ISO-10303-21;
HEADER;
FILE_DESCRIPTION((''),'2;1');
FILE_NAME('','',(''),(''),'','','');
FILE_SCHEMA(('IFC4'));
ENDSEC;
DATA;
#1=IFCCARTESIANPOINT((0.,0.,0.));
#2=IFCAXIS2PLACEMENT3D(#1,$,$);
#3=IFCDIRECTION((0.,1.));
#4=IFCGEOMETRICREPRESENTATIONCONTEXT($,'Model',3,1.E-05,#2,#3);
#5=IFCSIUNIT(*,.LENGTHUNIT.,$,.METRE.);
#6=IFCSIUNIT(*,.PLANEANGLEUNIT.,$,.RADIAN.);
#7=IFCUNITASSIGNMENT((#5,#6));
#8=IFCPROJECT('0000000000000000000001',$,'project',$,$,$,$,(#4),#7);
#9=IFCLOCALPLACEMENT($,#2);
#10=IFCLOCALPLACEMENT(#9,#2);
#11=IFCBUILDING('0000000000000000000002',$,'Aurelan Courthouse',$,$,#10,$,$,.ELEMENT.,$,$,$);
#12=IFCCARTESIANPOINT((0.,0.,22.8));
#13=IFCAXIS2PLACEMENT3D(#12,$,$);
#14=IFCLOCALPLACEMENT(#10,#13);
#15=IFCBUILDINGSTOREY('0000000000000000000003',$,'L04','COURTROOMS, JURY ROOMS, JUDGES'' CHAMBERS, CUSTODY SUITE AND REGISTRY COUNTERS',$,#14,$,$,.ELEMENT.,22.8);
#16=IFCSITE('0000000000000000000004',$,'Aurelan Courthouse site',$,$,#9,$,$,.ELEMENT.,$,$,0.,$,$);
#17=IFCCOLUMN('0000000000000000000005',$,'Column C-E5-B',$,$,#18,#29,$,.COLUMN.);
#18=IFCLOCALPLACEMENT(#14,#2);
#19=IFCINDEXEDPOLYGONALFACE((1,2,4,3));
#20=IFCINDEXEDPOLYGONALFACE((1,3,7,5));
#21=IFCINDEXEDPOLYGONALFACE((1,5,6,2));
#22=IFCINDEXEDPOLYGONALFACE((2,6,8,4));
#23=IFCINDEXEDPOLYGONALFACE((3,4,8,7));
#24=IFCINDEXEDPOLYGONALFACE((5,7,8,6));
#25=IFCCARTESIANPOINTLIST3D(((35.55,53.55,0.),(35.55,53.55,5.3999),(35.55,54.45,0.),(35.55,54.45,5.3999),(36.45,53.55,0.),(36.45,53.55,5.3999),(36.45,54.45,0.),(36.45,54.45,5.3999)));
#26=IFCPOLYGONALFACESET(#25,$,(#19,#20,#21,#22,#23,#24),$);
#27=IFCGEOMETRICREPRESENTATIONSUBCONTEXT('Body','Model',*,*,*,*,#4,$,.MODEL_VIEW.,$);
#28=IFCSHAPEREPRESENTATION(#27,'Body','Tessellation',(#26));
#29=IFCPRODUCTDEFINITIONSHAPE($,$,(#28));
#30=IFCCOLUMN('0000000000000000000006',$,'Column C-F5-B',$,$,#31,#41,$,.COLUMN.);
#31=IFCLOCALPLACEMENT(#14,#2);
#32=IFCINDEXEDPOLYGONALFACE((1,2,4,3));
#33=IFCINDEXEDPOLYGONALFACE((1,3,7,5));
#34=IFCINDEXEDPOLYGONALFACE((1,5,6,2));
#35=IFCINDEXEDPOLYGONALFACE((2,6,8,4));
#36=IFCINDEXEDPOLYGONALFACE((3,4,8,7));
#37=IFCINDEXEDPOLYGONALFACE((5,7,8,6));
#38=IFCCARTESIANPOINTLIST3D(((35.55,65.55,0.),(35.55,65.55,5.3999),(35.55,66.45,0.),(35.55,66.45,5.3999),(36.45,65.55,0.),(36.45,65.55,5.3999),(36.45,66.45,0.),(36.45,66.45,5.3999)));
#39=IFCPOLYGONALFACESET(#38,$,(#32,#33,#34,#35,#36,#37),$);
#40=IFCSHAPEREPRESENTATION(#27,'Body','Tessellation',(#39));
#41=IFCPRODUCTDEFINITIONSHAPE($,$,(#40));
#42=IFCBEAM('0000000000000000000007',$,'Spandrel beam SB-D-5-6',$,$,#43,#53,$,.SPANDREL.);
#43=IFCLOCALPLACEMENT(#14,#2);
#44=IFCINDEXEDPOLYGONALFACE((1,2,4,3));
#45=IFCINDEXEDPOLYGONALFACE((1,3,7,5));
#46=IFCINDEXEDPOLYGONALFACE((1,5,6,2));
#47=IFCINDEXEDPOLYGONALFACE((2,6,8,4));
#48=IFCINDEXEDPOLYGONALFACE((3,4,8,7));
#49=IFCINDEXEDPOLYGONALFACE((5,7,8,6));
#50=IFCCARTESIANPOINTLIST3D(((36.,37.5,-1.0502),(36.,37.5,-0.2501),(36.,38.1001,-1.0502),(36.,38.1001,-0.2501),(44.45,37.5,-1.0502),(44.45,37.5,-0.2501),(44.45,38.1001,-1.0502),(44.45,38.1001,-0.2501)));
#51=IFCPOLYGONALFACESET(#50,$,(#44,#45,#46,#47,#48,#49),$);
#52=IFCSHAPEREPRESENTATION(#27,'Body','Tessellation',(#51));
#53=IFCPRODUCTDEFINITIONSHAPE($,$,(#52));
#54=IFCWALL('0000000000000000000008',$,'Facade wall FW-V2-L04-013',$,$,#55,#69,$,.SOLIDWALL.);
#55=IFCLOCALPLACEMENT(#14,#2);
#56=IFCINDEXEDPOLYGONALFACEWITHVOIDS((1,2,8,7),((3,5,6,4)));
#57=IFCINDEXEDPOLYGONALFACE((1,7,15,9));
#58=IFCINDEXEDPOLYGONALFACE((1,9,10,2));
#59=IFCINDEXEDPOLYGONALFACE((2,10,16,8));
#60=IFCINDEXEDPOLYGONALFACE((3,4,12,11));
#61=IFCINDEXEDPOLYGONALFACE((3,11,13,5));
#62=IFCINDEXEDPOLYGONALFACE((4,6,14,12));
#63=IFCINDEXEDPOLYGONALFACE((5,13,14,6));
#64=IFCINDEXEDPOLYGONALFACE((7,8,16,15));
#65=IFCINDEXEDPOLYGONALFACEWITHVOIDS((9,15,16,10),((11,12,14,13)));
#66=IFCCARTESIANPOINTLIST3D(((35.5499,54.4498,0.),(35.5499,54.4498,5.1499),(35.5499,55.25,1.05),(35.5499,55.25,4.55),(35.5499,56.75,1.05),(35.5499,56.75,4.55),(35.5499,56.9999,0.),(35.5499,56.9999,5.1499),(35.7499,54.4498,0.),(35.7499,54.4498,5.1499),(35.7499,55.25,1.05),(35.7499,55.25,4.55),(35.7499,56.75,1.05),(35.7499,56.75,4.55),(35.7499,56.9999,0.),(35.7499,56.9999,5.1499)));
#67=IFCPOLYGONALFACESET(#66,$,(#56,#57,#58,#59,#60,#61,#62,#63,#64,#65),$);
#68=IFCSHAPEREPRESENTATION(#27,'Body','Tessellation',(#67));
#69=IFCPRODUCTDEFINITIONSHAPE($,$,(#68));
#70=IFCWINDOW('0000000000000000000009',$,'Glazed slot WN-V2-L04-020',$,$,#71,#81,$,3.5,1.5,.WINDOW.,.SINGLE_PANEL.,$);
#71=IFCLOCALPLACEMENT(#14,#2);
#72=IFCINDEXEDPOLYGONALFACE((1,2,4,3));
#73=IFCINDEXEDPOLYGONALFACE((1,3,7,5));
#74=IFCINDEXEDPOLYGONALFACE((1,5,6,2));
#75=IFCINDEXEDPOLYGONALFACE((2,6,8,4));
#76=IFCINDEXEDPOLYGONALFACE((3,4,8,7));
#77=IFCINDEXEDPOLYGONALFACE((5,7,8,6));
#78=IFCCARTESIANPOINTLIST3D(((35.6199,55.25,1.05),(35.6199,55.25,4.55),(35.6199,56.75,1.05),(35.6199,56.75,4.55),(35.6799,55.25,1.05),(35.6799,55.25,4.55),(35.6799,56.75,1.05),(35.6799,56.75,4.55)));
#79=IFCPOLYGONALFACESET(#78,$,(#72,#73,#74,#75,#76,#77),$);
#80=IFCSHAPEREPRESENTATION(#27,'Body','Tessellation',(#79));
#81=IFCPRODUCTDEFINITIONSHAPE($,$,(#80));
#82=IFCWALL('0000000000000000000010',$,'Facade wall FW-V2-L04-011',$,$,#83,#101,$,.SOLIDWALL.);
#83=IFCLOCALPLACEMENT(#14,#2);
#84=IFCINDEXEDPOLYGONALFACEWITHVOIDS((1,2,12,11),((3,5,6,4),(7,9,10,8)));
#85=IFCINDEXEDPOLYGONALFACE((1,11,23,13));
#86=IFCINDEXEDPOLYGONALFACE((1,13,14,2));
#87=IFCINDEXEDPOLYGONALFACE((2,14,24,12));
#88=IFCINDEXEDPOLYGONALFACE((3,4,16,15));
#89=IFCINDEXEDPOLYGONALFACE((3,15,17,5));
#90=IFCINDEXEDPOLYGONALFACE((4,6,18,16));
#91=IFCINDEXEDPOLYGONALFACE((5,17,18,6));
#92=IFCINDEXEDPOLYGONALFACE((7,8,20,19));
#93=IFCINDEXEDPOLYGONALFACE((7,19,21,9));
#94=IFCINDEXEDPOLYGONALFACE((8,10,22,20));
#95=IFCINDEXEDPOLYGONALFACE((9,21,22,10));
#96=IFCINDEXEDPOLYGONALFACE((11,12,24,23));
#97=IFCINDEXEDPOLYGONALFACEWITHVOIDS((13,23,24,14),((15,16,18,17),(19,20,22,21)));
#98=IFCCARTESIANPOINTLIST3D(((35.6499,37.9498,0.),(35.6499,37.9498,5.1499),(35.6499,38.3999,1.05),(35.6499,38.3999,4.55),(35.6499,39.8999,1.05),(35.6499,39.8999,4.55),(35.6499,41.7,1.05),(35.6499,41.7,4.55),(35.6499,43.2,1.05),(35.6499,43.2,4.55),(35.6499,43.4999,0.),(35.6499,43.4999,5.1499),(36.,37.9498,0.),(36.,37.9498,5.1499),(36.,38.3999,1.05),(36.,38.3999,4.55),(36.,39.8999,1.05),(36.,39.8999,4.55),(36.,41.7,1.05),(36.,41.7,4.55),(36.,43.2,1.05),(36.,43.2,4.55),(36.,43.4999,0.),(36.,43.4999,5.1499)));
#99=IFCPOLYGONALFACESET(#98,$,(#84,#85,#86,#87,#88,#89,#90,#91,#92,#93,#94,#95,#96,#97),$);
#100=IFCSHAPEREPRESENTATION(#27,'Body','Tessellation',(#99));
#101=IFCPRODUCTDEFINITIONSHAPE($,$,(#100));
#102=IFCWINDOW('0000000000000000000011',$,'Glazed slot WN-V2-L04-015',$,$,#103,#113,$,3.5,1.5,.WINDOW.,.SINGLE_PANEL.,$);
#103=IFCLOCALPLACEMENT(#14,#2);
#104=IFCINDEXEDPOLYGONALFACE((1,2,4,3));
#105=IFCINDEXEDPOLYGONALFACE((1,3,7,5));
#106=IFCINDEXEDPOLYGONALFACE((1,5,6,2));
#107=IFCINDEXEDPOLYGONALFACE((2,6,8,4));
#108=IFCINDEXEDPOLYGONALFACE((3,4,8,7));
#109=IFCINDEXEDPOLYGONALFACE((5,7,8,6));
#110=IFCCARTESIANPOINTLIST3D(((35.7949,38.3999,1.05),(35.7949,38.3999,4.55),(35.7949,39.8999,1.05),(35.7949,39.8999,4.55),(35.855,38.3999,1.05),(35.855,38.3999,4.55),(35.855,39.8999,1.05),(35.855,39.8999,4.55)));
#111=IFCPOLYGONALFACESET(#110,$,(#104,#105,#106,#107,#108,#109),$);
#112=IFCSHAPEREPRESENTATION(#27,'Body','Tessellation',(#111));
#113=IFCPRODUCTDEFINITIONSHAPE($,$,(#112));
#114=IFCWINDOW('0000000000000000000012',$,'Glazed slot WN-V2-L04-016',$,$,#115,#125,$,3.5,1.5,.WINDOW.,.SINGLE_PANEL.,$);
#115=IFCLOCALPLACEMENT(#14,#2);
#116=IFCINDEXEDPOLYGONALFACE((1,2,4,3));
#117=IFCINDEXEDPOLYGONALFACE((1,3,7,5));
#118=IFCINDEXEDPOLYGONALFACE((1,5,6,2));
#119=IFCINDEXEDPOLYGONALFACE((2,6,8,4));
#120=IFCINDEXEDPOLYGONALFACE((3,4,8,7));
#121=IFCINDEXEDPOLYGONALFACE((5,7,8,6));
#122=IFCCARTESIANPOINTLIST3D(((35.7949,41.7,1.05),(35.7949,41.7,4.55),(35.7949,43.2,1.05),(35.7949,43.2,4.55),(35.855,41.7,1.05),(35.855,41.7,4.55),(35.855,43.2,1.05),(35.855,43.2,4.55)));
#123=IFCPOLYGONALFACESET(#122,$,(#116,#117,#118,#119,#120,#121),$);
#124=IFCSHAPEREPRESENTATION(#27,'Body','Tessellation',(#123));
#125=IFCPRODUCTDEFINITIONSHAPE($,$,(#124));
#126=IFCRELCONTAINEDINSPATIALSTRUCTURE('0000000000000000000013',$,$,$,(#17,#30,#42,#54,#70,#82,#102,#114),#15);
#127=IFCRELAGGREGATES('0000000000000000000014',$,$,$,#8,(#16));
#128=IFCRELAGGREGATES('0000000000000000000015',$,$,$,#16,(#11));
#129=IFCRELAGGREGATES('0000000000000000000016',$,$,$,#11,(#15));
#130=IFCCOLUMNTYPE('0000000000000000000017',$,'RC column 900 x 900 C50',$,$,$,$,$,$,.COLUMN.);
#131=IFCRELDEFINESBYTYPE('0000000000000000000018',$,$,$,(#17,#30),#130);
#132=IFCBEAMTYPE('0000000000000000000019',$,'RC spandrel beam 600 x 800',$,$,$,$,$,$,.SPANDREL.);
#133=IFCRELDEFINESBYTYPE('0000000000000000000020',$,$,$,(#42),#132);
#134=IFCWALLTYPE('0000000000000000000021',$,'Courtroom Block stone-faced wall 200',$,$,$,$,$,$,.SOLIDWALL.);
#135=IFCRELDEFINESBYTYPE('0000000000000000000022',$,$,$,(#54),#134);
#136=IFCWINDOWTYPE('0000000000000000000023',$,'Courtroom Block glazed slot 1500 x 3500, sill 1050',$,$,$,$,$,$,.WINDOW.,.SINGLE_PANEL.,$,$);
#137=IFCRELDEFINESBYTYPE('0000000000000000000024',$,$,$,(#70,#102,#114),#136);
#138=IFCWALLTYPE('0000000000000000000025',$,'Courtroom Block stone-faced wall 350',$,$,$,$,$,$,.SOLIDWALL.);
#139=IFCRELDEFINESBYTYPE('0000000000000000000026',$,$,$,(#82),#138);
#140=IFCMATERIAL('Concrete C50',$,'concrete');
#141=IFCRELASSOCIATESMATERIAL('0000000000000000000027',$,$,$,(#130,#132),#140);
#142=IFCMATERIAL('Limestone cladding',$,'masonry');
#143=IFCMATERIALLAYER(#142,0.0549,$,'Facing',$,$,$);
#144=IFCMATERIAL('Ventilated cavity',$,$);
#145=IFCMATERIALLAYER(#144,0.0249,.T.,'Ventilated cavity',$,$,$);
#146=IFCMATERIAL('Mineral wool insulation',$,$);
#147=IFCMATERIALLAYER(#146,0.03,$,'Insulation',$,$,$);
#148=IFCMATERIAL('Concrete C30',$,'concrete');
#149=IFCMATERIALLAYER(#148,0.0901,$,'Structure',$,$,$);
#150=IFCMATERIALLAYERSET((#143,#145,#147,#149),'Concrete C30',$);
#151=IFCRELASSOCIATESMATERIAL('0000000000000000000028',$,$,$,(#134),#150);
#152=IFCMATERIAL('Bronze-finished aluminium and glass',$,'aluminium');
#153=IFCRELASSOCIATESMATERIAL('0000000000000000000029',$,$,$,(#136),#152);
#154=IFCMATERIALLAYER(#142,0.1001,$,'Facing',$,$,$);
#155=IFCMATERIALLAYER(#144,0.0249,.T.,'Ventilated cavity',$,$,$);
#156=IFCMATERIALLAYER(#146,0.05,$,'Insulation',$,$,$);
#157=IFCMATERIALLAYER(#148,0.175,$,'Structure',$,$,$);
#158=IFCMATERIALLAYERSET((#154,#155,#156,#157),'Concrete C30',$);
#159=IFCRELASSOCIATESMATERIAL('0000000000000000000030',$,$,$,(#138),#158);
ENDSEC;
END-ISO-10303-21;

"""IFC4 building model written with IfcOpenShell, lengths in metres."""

from ifc_helpers import new_model, si_unit, direction, frame, frame_2d, origin, origin_2d, place, context, subcontext, project, spatial, rectangle, extrude, material, layer, layer_set, material_profile, profile_set, type_object, element, fill, save


model = new_model("IFC4")

# Units and contexts
model_context = context("Model", 3, precision=1e-05, world=origin(), true_north=direction((0.0, 1.0)))
body_context = subcontext(model_context, "Body", "Model", "MODEL_VIEW")
ifc_project = project(units=[si_unit("LENGTHUNIT", "METRE"), si_unit("PLANEANGLEUNIT", "RADIAN")], contexts=[model_context])

# Site, building, storey
site_placement = place(None, origin())
site = spatial("IfcSite", under=ifc_project, at=site_placement, Name="Aurelan Courthouse site", CompositionType="ELEMENT", RefElevation=0.0)
building_placement = place(site_placement, origin())
building = spatial("IfcBuilding", under=site, at=building_placement, Name="Aurelan Courthouse", CompositionType="ELEMENT")
storey_placement = place(building_placement, frame((0.0, 0.0, 22.8)))
storey = spatial("IfcBuildingStorey", under=building, at=storey_placement, Name="L04", Description="COURTROOMS, JURY ROOMS, JUDGES' CHAMBERS, CUSTODY SUITE AND REGISTRY COUNTERS", CompositionType="ELEMENT", Elevation=22.8)

# Columns
ifc_material_1 = material(Name="Concrete C50", Category="concrete")
ifc_material_profile_1 = material_profile(ifc_material_1, rectangle(XDim=0.8999, YDim=0.8999, at=origin_2d()), Name="RC 900 x 900")
ifc_profile_set_1 = profile_set([ifc_material_profile_1], Name="Concrete C50")
column_type = type_object("IfcColumnType", Name="RC column 900 x 900 C50", PredefinedType="COLUMN", material=ifc_profile_set_1)
for number, where, z_axis, x_axis, name in (
    (1, (36.0, 54.0, 0.0), (0.0, 0.0, 1.0), (1.0, 0.0, 0.0), "Column C-E5-B"),
    (2, (36.0, 66.0, 0.0), (0.0, 0.0, 1.0), (1.0, 0.0, 0.0), "Column C-F5-B"),
):
    element("IfcColumn", number, at=place(storey_placement, frame(where, z_axis=z_axis, x_axis=x_axis)), inside=storey, type_object=column_type, Name=name, PredefinedType="COLUMN", context=body_context, shape_type="SweptSolid", body=[
        extrude(rectangle(XDim=0.8999, YDim=0.8999, at=origin_2d()), origin(), (0.0, 0.0, 1.0), 5.3999),
    ])

# Beam
ifc_material_profile_2 = material_profile(ifc_material_1, rectangle(XDim=0.6001, YDim=0.8, at=origin_2d()), Name="RC 600 x 800")
ifc_profile_set_2 = profile_set([ifc_material_profile_2], Name="Concrete C50")
beam_type = type_object("IfcBeamType", Name="RC spandrel beam 600 x 800", PredefinedType="SPANDREL", material=ifc_profile_set_2)
beam_placement = place(storey_placement, frame((36.0, 37.8, -0.6501), z_axis=(1.0, 0.0, 0.0), x_axis=(0.0, 1.0, 0.0)))
element("IfcBeam", 3, at=beam_placement, inside=storey, type_object=beam_type, Name="Spandrel beam SB-D-5-6", PredefinedType="SPANDREL", context=body_context, shape_type="SweptSolid", body=[
    extrude(rectangle(XDim=0.6001, YDim=0.8, at=origin_2d()), origin(), (0.0, 0.0, 1.0), 8.45),
])

# Wall, opening, window
ifc_material_2 = material(Name="Limestone cladding", Category="masonry")
ifc_layer_1 = layer(ifc_material_2, 0.0549, Name="Facing")
ifc_material_3 = material(Name="Ventilated cavity")
ifc_layer_2 = layer(ifc_material_3, 0.0249, ventilated=True, Name="Ventilated cavity")
ifc_material_4 = material(Name="Mineral wool insulation")
ifc_layer_3 = layer(ifc_material_4, 0.03, Name="Insulation")
ifc_material_5 = material(Name="Concrete C30", Category="concrete")
ifc_layer_4 = layer(ifc_material_5, 0.0901, Name="Structure")
ifc_layer_set_1 = layer_set([ifc_layer_1, ifc_layer_2, ifc_layer_3, ifc_layer_4], Name="Concrete C30")
wall_type_1 = type_object("IfcWallType", Name="Courtroom Block stone-faced wall 200", PredefinedType="SOLIDWALL", material=ifc_layer_set_1)
wall_1_placement = place(storey_placement, frame((35.6499, 54.45, 0.0), z_axis=(0.0, 0.0, 1.0), x_axis=(0.0, 1.0, 0.0)))
wall_1 = element("IfcWall", 4, at=wall_1_placement, inside=storey, type_object=wall_type_1, Name="Facade wall FW-V2-L04-013", PredefinedType="SOLIDWALL", context=body_context, shape_type="SweptSolid", body=[
    extrude(rectangle(XDim=2.55, YDim=0.2, at=frame_2d((1.2749, 0.0))), origin(), (0.0, 0.0, 1.0), 5.1499),
])
opening_1_placement = place(wall_1_placement, frame((0.8, 0.0, 1.05)))
opening_1 = element("IfcOpeningElement", 5, at=opening_1_placement, cuts=wall_1, PredefinedType="OPENING", context=body_context, shape_type="SweptSolid", body=[
    extrude(rectangle(XDim=1.5, YDim=3.5, at=frame_2d((0.75, 1.75))), frame((0.0, 0.1099, 0.0), z_axis=(0.0, -1.0, 0.0), x_axis=(1.0, 0.0, 0.0)), (0.0, 0.0, 1.0), 0.22),
])
ifc_material_6 = material(Name="Bronze-finished aluminium and glass", Category="aluminium")
window_type = type_object("IfcWindowType", Name="Courtroom Block glazed slot 1500 x 3500, sill 1050", PartitioningType="SINGLE_PANEL", PredefinedType="WINDOW", material=ifc_material_6)
window_1_placement = place(opening_1_placement, origin())
window_1 = element("IfcWindow", 6, at=window_1_placement, inside=storey, type_object=window_type, Name="Glazed slot WN-V2-L04-020", OverallHeight=3.5, OverallWidth=1.5, PartitioningType="SINGLE_PANEL", PredefinedType="WINDOW", context=body_context, shape_type="SweptSolid", body=[
    extrude(rectangle(XDim=1.5, YDim=3.5, at=frame_2d((0.75, 1.75))), frame((0.0, 0.03, 0.0), z_axis=(0.0, -1.0, 0.0), x_axis=(1.0, 0.0, 0.0)), (0.0, 0.0, 1.0), 0.0601),
])
fill(opening_1, window_1)

# Wall, openings, windows
ifc_layer_5 = layer(ifc_material_2, 0.1001, Name="Facing")
ifc_layer_6 = layer(ifc_material_3, 0.0249, ventilated=True, Name="Ventilated cavity")
ifc_layer_7 = layer(ifc_material_4, 0.05, Name="Insulation")
ifc_layer_8 = layer(ifc_material_5, 0.175, Name="Structure")
ifc_layer_set_2 = layer_set([ifc_layer_5, ifc_layer_6, ifc_layer_7, ifc_layer_8], Name="Concrete C30")
wall_type_2 = type_object("IfcWallType", Name="Courtroom Block stone-faced wall 350", PredefinedType="SOLIDWALL", material=ifc_layer_set_2)
wall_2_placement = place(storey_placement, frame((35.825, 37.95, 0.0), z_axis=(0.0, 0.0, 1.0), x_axis=(0.0, 1.0, 0.0)))
wall_2 = element("IfcWall", 7, at=wall_2_placement, inside=storey, type_object=wall_type_2, Name="Facade wall FW-V2-L04-011", PredefinedType="SOLIDWALL", context=body_context, shape_type="SweptSolid", body=[
    extrude(rectangle(XDim=5.55, YDim=0.3501, at=frame_2d((2.7749, 0.0))), origin(), (0.0, 0.0, 1.0), 5.1499),
])
opening_2_placement = place(wall_2_placement, frame((0.45, 0.0, 1.05)))
opening_2 = element("IfcOpeningElement", 8, at=opening_2_placement, cuts=wall_2, PredefinedType="OPENING", context=body_context, shape_type="SweptSolid", body=[
    extrude(rectangle(XDim=1.5, YDim=3.5, at=frame_2d((0.75, 1.75))), frame((0.0, 0.1851, 0.0), z_axis=(0.0, -1.0, 0.0), x_axis=(1.0, 0.0, 0.0)), (0.0, 0.0, 1.0), 0.3701),
])
opening_3_placement = place(wall_2_placement, frame((3.75, 0.0, 1.05)))
opening_3 = element("IfcOpeningElement", 9, at=opening_3_placement, cuts=wall_2, PredefinedType="OPENING", context=body_context, shape_type="SweptSolid", body=[
    extrude(rectangle(XDim=1.5, YDim=3.5, at=frame_2d((0.75, 1.75))), frame((0.0, 0.1851, 0.0), z_axis=(0.0, -1.0, 0.0), x_axis=(1.0, 0.0, 0.0)), (0.0, 0.0, 1.0), 0.3701),
])
window_2_placement = place(opening_2_placement, origin())
window_2 = element("IfcWindow", 10, at=window_2_placement, inside=storey, type_object=window_type, Name="Glazed slot WN-V2-L04-015", OverallHeight=3.5, OverallWidth=1.5, PartitioningType="SINGLE_PANEL", PredefinedType="WINDOW", context=body_context, shape_type="SweptSolid", body=[
    extrude(rectangle(XDim=1.5, YDim=3.5, at=frame_2d((0.75, 1.75))), frame((0.0, 0.03, 0.0), z_axis=(0.0, -1.0, 0.0), x_axis=(1.0, 0.0, 0.0)), (0.0, 0.0, 1.0), 0.0601),
])
fill(opening_2, window_2)
window_3_placement = place(opening_3_placement, origin())
window_3 = element("IfcWindow", 11, at=window_3_placement, inside=storey, type_object=window_type, Name="Glazed slot WN-V2-L04-016", OverallHeight=3.5, OverallWidth=1.5, PartitioningType="SINGLE_PANEL", PredefinedType="WINDOW", context=body_context, shape_type="SweptSolid", body=[
    extrude(rectangle(XDim=1.5, YDim=3.5, at=frame_2d((0.75, 1.75))), frame((0.0, 0.03, 0.0), z_axis=(0.0, -1.0, 0.0), x_axis=(1.0, 0.0, 0.0)), (0.0, 0.0, 1.0), 0.0601),
])
fill(opening_3, window_3)

save(model, "model.ifc")
